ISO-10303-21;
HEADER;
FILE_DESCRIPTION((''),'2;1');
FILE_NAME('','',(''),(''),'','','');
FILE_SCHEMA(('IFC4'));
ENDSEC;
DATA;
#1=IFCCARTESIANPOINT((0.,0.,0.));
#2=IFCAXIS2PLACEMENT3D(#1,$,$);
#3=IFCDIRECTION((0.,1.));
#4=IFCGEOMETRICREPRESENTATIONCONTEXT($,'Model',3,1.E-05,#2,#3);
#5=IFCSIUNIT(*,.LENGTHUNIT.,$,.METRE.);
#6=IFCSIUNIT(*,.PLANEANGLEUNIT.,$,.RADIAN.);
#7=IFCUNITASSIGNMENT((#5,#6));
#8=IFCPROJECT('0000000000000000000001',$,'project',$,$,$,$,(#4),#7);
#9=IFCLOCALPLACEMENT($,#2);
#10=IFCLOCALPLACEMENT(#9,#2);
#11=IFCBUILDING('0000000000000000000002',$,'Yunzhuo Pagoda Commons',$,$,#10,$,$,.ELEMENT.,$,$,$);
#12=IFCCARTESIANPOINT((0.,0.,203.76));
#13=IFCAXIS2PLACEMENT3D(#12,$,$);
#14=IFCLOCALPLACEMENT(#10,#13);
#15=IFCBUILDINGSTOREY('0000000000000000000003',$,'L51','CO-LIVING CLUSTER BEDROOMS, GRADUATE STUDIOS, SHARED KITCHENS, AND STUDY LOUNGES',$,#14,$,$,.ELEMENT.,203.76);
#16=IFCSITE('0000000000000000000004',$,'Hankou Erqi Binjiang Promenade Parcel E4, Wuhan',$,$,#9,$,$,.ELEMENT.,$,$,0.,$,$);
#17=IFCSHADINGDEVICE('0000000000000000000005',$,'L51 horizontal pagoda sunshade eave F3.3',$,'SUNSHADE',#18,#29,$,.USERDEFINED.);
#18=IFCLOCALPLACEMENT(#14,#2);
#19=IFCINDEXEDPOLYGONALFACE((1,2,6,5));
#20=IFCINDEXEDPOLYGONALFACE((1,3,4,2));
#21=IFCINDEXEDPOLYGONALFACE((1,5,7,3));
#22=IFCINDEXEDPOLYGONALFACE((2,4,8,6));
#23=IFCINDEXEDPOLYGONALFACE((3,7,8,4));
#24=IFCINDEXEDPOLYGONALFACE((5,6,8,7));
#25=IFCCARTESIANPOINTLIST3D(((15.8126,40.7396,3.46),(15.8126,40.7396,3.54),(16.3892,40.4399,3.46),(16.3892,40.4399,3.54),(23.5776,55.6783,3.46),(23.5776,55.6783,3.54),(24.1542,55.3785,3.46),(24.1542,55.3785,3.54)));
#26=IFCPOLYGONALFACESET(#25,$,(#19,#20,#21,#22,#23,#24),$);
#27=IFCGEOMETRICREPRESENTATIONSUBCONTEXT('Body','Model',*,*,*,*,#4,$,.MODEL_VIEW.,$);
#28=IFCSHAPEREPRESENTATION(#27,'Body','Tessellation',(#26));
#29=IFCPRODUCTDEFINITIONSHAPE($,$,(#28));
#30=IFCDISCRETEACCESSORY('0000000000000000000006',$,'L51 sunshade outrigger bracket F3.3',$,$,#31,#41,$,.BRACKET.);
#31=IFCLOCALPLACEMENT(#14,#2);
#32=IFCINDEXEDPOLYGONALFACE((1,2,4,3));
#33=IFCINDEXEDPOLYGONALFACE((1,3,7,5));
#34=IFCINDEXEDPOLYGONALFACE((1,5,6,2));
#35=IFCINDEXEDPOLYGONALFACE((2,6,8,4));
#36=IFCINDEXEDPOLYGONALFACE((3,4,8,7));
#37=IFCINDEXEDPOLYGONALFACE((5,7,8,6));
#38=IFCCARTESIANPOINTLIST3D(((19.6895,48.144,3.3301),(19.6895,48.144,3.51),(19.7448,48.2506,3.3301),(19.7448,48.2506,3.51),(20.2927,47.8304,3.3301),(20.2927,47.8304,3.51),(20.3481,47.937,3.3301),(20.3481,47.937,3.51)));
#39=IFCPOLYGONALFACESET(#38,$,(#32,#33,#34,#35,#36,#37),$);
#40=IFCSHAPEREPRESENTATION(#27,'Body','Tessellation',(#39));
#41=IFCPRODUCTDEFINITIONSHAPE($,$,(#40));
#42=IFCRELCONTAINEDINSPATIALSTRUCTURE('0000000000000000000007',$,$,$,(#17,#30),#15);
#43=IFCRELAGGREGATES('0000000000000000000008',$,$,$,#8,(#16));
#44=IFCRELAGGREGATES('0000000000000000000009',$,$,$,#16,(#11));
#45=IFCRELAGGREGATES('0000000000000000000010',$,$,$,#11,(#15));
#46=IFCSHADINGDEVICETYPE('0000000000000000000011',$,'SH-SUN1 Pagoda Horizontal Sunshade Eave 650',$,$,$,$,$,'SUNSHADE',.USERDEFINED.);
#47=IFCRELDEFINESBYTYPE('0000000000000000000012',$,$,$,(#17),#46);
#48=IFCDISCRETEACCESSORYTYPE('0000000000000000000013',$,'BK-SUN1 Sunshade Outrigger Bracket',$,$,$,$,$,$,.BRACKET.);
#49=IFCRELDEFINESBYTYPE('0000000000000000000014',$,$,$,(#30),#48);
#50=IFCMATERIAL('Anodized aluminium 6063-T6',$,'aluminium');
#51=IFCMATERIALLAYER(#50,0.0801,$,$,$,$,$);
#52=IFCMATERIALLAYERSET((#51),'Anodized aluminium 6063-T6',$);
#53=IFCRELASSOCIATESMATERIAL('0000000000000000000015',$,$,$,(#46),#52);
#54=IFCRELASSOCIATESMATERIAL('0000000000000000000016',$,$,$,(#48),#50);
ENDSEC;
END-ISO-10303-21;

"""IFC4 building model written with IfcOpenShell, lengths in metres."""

from ifc_helpers import new_model, si_unit, direction, frame, origin, origin_2d, place, context, subcontext, project, spatial, rectangle, extrude, source, transform, mapped, material, layer, layer_set, type_object, element, save


model = new_model("IFC4")

# Units and contexts
model_context = context("Model", 3, precision=1e-05, world=origin(), true_north=direction((0.0, 1.0)))
body_context = subcontext(model_context, "Body", "Model", "MODEL_VIEW")
ifc_project = project(units=[si_unit("LENGTHUNIT", "METRE"), si_unit("PLANEANGLEUNIT", "RADIAN")], contexts=[model_context])

# Site, building, storey
site_placement = place(None, origin())
site = spatial("IfcSite", under=ifc_project, at=site_placement, Name="Hankou Erqi Binjiang Promenade Parcel E4, Wuhan", CompositionType="ELEMENT", RefElevation=0.0)
building_placement = place(site_placement, origin())
building = spatial("IfcBuilding", under=site, at=building_placement, Name="Yunzhuo Pagoda Commons", CompositionType="ELEMENT")
storey_placement = place(building_placement, frame((0.0, 0.0, 203.76)))
storey = spatial("IfcBuildingStorey", under=building, at=storey_placement, Name="L51", Description="CO-LIVING CLUSTER BEDROOMS, GRADUATE STUDIOS, SHARED KITCHENS, AND STUDY LOUNGES", CompositionType="ELEMENT", Elevation=203.76)

# Shared definitions
ifc_material_1 = material(Name="Anodized aluminium 6063-T6", Category="aluminium")

# Shading device
ifc_layer_1 = layer(ifc_material_1, 0.0801)
ifc_layer_set_1 = layer_set([ifc_layer_1], Name="Anodized aluminium 6063-T6")
shading_device_type = type_object("IfcShadingDeviceType", Name="SH-SUN1 Pagoda Horizontal Sunshade Eave 650", ElementType="SUNSHADE", PredefinedType="USERDEFINED", material=ifc_layer_set_1)
shared_shape_1 = source(origin(), body_context, "Body", "SweptSolid", [
    extrude(rectangle(XDim=16.8362, YDim=0.6499, at=origin_2d()), origin(), (0.0, 0.0, 1.0), 0.0801),
])
shading_device_placement = place(storey_placement, frame((19.9834, 48.0591, 3.46), z_axis=(0.0, 0.0, 1.0), x_axis=(-0.461207, -0.887293, 0.0)))
element("IfcShadingDevice", 1, at=shading_device_placement, inside=storey, type_object=shading_device_type, Name="L51 horizontal pagoda sunshade eave F3.3", ObjectType="SUNSHADE", PredefinedType="USERDEFINED", context=body_context, shape_type="MappedRepresentation", body=[
    mapped(shared_shape_1, transform((0.0, 0.0, 0.0), scale=1.0)),
])

# Discrete accessory
discrete_accessory_type = type_object("IfcDiscreteAccessoryType", Name="BK-SUN1 Sunshade Outrigger Bracket", PredefinedType="BRACKET", material=ifc_material_1)
shared_shape_2 = source(origin(), body_context, "Body", "SweptSolid", [
    extrude(rectangle(XDim=0.1201, YDim=0.6799, at=origin_2d()), origin(), (0.0, 0.0, 1.0), 0.1799),
])
discrete_accessory_placement = place(storey_placement, frame((20.0188, 48.0405, 3.3301), z_axis=(0.0, 0.0, 1.0), x_axis=(-0.461207, -0.887293, 0.0)))
element("IfcDiscreteAccessory", 2, at=discrete_accessory_placement, inside=storey, type_object=discrete_accessory_type, Name="L51 sunshade outrigger bracket F3.3", PredefinedType="BRACKET", context=body_context, shape_type="MappedRepresentation", body=[
    mapped(shared_shape_2, transform((0.0, 0.0, 0.0), scale=1.0)),
])

save(model, "model.ifc")
